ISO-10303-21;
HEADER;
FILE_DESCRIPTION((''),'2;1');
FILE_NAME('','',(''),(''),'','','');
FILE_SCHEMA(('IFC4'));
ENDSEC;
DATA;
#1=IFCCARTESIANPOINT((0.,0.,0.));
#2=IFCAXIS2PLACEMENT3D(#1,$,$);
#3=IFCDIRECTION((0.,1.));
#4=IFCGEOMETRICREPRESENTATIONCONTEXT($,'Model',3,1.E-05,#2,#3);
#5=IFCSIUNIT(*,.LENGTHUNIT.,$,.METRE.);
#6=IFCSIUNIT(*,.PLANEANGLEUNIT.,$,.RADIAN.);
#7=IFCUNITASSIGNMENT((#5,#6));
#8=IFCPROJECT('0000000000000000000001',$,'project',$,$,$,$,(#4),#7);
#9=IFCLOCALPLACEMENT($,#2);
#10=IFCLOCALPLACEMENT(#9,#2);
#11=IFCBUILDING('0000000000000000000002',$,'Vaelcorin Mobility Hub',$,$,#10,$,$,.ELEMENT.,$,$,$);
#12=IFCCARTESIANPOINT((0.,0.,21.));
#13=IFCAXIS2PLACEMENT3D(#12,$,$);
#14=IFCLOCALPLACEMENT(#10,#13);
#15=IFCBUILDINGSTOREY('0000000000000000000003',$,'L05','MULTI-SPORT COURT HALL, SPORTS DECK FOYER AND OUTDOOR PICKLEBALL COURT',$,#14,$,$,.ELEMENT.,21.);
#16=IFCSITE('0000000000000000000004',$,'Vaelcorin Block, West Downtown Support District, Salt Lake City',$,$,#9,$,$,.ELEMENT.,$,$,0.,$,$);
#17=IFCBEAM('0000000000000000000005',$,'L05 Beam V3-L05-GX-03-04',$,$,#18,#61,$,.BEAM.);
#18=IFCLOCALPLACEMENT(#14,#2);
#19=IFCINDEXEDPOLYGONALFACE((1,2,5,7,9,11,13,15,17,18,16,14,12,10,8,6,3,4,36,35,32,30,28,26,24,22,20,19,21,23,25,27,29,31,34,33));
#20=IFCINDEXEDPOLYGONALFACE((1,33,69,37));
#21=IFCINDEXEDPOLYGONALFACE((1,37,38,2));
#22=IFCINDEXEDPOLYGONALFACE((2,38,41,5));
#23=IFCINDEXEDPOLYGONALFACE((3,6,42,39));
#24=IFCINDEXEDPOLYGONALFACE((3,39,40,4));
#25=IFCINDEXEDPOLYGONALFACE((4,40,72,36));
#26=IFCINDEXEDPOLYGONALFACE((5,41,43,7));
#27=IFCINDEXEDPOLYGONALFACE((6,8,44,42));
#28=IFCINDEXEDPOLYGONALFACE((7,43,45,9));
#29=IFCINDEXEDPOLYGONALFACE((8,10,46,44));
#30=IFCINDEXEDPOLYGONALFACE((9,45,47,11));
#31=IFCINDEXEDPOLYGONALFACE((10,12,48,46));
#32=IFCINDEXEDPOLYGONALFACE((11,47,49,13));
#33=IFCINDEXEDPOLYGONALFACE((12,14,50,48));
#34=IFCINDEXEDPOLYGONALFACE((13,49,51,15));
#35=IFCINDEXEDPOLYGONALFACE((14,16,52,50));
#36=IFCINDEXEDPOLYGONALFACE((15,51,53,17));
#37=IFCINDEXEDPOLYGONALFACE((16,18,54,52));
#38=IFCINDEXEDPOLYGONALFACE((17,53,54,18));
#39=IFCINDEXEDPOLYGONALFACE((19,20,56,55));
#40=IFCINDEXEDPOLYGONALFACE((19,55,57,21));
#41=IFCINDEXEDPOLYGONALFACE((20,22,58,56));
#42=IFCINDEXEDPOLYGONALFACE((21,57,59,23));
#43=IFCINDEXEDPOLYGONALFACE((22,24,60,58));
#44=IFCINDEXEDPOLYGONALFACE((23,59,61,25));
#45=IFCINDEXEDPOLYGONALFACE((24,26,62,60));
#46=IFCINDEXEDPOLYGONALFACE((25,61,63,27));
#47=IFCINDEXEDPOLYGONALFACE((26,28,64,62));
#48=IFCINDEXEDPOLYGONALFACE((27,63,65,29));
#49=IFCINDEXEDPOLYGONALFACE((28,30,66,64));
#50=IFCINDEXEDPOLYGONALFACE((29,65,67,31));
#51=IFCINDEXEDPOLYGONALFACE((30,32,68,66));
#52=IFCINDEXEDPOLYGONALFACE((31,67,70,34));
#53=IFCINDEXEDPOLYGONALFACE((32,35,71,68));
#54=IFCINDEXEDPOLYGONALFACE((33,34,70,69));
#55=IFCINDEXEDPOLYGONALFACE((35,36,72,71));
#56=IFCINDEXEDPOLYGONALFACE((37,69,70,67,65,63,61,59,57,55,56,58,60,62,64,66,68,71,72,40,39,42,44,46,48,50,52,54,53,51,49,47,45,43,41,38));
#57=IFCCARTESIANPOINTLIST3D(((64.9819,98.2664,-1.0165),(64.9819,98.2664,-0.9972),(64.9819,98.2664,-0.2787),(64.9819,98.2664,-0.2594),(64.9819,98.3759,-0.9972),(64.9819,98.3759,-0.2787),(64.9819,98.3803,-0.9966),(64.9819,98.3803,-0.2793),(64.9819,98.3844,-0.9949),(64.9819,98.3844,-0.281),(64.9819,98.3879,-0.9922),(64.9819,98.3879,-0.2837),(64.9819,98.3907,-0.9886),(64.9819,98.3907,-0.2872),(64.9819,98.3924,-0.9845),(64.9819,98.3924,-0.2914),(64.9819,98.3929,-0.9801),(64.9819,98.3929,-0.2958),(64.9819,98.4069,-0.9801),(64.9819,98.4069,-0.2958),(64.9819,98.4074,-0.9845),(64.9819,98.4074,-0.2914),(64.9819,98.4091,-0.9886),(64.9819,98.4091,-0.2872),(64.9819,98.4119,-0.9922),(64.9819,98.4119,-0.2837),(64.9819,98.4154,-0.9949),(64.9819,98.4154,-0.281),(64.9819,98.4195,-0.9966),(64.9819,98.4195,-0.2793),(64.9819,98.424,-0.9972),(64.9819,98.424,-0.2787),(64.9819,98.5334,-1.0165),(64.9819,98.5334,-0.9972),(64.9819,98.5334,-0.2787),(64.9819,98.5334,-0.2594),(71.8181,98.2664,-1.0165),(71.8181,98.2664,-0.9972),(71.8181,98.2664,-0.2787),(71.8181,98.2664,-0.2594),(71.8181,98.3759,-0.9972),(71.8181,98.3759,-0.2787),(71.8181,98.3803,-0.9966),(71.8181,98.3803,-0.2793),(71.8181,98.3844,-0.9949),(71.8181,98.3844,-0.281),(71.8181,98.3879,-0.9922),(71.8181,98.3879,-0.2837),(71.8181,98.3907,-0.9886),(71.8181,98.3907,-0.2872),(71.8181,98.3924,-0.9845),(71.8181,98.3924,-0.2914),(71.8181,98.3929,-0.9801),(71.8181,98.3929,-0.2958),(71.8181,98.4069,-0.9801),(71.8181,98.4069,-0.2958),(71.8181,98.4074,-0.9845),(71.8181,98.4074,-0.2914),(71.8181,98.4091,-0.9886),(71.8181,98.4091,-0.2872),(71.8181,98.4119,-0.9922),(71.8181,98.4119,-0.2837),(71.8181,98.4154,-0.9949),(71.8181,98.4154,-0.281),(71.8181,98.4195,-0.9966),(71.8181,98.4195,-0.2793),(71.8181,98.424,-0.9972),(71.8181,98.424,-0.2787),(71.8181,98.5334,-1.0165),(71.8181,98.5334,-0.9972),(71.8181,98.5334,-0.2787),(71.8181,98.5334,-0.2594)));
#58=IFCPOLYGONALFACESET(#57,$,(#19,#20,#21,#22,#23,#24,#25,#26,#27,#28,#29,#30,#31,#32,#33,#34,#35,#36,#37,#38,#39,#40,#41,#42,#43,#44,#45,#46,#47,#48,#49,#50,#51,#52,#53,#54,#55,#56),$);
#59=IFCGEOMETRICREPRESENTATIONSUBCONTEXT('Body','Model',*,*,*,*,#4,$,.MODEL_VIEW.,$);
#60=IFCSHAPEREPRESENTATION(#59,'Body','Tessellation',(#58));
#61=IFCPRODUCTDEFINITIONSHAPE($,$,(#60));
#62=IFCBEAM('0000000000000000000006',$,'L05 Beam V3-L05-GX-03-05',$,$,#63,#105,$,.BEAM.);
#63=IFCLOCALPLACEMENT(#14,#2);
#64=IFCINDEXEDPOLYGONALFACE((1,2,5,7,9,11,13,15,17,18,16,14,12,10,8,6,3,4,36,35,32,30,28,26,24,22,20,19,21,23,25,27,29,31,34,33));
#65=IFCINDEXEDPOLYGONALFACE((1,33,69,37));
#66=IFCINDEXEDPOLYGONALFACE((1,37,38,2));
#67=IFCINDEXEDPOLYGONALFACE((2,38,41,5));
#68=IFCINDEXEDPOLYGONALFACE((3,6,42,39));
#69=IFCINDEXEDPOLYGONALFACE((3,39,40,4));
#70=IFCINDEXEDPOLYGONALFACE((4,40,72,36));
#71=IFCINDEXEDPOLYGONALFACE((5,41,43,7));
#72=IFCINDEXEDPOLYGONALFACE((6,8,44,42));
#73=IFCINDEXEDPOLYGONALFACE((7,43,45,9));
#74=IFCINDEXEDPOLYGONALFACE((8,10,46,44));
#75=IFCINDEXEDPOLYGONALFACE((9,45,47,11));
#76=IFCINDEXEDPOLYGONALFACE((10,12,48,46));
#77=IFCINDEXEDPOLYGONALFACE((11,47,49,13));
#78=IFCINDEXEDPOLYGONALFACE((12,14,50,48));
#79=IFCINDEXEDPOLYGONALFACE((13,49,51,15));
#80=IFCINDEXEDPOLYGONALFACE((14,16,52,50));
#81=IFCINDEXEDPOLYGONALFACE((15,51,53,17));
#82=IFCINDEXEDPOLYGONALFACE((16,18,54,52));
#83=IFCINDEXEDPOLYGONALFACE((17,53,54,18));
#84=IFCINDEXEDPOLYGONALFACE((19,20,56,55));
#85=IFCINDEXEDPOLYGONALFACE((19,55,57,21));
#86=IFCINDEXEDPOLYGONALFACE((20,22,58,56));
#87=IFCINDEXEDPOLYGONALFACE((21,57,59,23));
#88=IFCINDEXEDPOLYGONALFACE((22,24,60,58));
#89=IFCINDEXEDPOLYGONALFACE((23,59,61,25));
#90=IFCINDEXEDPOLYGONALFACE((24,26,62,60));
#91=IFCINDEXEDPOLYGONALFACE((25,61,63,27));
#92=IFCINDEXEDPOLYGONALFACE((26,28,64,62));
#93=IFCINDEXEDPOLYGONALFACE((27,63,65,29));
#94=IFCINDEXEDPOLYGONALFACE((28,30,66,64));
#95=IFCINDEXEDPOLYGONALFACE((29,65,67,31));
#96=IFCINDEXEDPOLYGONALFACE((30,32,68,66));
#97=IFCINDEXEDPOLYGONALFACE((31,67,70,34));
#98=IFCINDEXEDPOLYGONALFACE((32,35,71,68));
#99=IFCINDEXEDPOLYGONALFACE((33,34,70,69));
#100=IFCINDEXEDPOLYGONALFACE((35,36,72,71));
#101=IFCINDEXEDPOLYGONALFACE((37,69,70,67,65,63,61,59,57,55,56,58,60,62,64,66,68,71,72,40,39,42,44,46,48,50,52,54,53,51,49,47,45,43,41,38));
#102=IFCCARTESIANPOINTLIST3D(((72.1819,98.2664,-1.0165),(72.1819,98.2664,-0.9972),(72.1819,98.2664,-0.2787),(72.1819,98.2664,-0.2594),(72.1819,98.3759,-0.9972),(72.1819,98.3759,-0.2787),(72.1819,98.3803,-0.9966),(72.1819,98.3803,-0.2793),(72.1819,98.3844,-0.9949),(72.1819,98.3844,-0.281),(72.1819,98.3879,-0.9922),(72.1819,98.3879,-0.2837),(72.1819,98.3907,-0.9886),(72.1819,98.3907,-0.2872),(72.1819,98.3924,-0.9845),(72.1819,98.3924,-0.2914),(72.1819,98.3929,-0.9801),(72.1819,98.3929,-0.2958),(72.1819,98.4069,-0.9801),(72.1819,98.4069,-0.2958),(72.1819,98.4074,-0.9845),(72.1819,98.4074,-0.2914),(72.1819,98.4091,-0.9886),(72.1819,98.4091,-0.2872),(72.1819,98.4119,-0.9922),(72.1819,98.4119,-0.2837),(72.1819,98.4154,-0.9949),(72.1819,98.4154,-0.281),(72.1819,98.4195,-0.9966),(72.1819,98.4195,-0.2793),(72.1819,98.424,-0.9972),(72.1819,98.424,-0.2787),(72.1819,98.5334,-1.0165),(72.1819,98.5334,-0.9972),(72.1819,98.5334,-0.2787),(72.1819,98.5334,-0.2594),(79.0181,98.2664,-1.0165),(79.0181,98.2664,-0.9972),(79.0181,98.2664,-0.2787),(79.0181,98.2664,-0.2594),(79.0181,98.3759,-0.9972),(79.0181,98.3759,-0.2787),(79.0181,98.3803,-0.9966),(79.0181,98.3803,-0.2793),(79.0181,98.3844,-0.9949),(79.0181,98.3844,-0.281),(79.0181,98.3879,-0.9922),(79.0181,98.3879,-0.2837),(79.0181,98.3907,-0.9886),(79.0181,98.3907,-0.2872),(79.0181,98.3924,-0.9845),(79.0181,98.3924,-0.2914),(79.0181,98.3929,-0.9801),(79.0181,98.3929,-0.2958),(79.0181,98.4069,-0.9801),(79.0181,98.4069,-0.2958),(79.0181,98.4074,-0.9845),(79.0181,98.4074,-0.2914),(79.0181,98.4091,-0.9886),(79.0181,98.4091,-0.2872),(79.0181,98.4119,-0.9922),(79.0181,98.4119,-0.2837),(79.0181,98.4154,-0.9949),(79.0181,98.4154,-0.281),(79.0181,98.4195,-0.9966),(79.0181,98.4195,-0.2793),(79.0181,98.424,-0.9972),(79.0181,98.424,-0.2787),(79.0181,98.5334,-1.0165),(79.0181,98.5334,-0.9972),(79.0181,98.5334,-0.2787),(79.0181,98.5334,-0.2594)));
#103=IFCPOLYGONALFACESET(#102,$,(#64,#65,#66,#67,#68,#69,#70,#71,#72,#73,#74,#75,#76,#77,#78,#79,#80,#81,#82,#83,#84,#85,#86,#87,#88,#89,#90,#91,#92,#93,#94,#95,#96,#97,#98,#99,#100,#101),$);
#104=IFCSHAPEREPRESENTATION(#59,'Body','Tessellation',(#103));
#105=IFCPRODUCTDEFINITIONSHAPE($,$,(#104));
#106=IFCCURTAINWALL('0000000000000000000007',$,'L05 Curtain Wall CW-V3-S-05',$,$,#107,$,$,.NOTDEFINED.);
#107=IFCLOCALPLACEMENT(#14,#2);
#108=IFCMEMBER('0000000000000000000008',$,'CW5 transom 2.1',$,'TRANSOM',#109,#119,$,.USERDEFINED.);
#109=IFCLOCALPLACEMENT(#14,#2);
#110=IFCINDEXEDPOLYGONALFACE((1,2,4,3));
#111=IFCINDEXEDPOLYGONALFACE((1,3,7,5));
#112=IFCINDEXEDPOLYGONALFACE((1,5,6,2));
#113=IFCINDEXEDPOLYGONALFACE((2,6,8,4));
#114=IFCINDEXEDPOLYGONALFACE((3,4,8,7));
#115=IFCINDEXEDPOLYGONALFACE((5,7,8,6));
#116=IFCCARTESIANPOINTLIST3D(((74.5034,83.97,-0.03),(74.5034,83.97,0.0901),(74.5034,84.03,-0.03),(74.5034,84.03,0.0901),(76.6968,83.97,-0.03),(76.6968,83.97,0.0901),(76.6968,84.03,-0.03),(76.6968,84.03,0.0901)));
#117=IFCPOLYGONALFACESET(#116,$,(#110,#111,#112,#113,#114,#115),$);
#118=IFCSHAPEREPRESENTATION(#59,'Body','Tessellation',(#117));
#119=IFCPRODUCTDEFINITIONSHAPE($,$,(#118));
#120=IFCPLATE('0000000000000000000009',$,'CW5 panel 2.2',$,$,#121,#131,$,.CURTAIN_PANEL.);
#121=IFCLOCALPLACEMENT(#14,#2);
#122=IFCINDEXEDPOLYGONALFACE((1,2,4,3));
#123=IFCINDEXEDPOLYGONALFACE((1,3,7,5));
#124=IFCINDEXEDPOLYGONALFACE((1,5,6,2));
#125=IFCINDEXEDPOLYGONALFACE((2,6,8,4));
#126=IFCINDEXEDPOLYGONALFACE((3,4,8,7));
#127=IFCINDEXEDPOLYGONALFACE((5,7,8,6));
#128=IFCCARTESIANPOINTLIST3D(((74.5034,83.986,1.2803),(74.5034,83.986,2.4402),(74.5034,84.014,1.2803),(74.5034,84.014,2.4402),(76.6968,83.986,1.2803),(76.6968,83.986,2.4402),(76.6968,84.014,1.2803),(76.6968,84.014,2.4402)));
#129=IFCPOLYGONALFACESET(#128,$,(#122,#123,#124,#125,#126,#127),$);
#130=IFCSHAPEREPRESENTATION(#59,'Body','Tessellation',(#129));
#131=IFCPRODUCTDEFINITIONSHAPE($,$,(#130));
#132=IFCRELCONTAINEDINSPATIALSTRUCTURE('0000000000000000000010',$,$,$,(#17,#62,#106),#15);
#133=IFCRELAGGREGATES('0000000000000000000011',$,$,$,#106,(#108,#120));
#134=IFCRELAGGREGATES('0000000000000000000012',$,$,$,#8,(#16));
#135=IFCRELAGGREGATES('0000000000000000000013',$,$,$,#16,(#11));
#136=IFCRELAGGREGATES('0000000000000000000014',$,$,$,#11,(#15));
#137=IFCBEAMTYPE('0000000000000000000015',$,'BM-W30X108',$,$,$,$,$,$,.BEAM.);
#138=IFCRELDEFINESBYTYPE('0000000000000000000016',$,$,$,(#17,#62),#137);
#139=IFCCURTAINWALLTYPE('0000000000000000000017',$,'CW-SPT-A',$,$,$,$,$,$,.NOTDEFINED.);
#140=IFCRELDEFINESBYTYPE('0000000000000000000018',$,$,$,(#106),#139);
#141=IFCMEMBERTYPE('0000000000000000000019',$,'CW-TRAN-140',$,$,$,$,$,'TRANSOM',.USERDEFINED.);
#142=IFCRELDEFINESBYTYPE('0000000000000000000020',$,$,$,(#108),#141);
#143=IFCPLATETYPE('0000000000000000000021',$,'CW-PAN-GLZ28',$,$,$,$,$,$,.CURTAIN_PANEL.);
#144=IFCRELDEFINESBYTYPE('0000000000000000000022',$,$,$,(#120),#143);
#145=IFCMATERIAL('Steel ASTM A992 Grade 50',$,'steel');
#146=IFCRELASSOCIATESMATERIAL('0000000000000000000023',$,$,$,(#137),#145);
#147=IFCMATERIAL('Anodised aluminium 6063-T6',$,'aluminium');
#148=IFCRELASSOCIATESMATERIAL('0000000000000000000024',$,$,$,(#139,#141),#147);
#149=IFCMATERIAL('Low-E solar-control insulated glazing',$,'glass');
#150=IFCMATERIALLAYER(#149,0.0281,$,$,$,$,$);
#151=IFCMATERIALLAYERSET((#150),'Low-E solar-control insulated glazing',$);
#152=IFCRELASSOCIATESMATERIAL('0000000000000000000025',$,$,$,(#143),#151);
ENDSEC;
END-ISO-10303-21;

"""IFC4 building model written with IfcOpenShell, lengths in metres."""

from ifc_helpers import new_model, si_unit, direction, frame, origin, origin_2d, place, context, subcontext, project, spatial, rectangle, i_section, extrude, material, layer, layer_set, material_profile, profile_set, type_object, element, aggregate, save


model = new_model("IFC4")

# Units and contexts
model_context = context("Model", 3, precision=1e-05, world=origin(), true_north=direction((0.0, 1.0)))
body_context = subcontext(model_context, "Body", "Model", "MODEL_VIEW")
ifc_project = project(units=[si_unit("LENGTHUNIT", "METRE"), si_unit("PLANEANGLEUNIT", "RADIAN")], contexts=[model_context])

# Site, building, storey
site_placement = place(None, origin())
site = spatial("IfcSite", under=ifc_project, at=site_placement, Name="Vaelcorin Block, West Downtown Support District, Salt Lake City", CompositionType="ELEMENT", RefElevation=0.0)
building_placement = place(site_placement, origin())
building = spatial("IfcBuilding", under=site, at=building_placement, Name="Vaelcorin Mobility Hub", CompositionType="ELEMENT")
storey_placement = place(building_placement, frame((0.0, 0.0, 21.0)))
storey = spatial("IfcBuildingStorey", under=building, at=storey_placement, Name="L05", Description="MULTI-SPORT COURT HALL, SPORTS DECK FOYER AND OUTDOOR PICKLEBALL COURT", CompositionType="ELEMENT", Elevation=21.0)

# Beams
ifc_material_1 = material(Name="Steel ASTM A992 Grade 50", Category="steel")
ifc_material_profile_1 = material_profile(ifc_material_1, i_section(OverallWidth=0.2671, OverallDepth=0.7571, WebThickness=0.0139, FlangeThickness=0.0193, FilletRadius=0.0171, at=origin_2d()), Name="W30X108")
ifc_profile_set_1 = profile_set([ifc_material_profile_1], Name="Steel ASTM A992 Grade 50")
beam_type_1 = type_object("IfcBeamType", Name="BM-W30X108", PredefinedType="BEAM", material=ifc_profile_set_1)
for number, where, z_axis, x_axis, name in (
    (1, (64.9819, 98.3999, -0.6379), (1.0, 0.0, 0.0), (0.0, 1.0, 0.0), "L05 Beam V3-L05-GX-03-04"),
    (2, (72.1819, 98.3999, -0.6379), (1.0, 0.0, 0.0), (0.0, 1.0, 0.0), "L05 Beam V3-L05-GX-03-05"),
):
    element("IfcBeam", number, at=place(storey_placement, frame(where, z_axis=z_axis, x_axis=x_axis)), inside=storey, type_object=beam_type_1, Name=name, PredefinedType="BEAM", context=body_context, shape_type="SweptSolid", body=[
        extrude(i_section(OverallWidth=0.2671, OverallDepth=0.7571, WebThickness=0.0139, FlangeThickness=0.0193, FilletRadius=0.0171, at=origin_2d()), origin(), (0.0, 0.0, 1.0), 6.8362),
    ])

# Curtain wall, member, plate
ifc_material_2 = material(Name="Anodised aluminium 6063-T6", Category="aluminium")
curtain_wall_type = type_object("IfcCurtainWallType", Name="CW-SPT-A", PredefinedType="NOTDEFINED", material=ifc_material_2)
curtain_wall_placement = place(storey_placement, origin())
curtain_wall = element("IfcCurtainWall", 3, at=curtain_wall_placement, inside=storey, type_object=curtain_wall_type, Name="L05 Curtain Wall CW-V3-S-05", PredefinedType="NOTDEFINED")
ifc_material_profile_2 = material_profile(ifc_material_2, rectangle(XDim=0.0601, YDim=0.1201, at=origin_2d()), Name="ALU-T60X120")
ifc_profile_set_2 = profile_set([ifc_material_profile_2], Name="Anodised aluminium 6063-T6")
member_type = type_object("IfcMemberType", Name="CW-TRAN-140", ElementType="TRANSOM", PredefinedType="USERDEFINED", material=ifc_profile_set_2)
member_placement = place(storey_placement, frame((76.6968, 84.0, 0.03), z_axis=(-1.0, 0.0, 0.0), x_axis=(0.0, -1.0, 0.0)))
member = element("IfcMember", 4, at=member_placement, type_object=member_type, Name="CW5 transom 2.1", ObjectType="TRANSOM", PredefinedType="USERDEFINED", context=body_context, shape_type="SweptSolid", body=[
    extrude(rectangle(XDim=0.0601, YDim=0.1201, at=origin_2d()), origin(), (0.0, 0.0, 1.0), 2.1934),
])
ifc_material_3 = material(Name="Low-E solar-control insulated glazing", Category="glass")
ifc_layer = layer(ifc_material_3, 0.0281)
ifc_layer_set = layer_set([ifc_layer], Name="Low-E solar-control insulated glazing")
plate_type = type_object("IfcPlateType", Name="CW-PAN-GLZ28", PredefinedType="CURTAIN_PANEL", material=ifc_layer_set)
plate_placement = place(storey_placement, frame((75.6001, 84.0, 1.2803), z_axis=(0.0, 0.0, 1.0), x_axis=(-1.0, 0.0, 0.0)))
plate = element("IfcPlate", 5, at=plate_placement, type_object=plate_type, Name="CW5 panel 2.2", PredefinedType="CURTAIN_PANEL", context=body_context, shape_type="SweptSolid", body=[
    extrude(rectangle(XDim=2.1934, YDim=0.0281, at=origin_2d()), origin(), (0.0, 0.0, 1.0), 1.1599),
])
aggregate(curtain_wall, [member, plate])

save(model, "model.ifc")
